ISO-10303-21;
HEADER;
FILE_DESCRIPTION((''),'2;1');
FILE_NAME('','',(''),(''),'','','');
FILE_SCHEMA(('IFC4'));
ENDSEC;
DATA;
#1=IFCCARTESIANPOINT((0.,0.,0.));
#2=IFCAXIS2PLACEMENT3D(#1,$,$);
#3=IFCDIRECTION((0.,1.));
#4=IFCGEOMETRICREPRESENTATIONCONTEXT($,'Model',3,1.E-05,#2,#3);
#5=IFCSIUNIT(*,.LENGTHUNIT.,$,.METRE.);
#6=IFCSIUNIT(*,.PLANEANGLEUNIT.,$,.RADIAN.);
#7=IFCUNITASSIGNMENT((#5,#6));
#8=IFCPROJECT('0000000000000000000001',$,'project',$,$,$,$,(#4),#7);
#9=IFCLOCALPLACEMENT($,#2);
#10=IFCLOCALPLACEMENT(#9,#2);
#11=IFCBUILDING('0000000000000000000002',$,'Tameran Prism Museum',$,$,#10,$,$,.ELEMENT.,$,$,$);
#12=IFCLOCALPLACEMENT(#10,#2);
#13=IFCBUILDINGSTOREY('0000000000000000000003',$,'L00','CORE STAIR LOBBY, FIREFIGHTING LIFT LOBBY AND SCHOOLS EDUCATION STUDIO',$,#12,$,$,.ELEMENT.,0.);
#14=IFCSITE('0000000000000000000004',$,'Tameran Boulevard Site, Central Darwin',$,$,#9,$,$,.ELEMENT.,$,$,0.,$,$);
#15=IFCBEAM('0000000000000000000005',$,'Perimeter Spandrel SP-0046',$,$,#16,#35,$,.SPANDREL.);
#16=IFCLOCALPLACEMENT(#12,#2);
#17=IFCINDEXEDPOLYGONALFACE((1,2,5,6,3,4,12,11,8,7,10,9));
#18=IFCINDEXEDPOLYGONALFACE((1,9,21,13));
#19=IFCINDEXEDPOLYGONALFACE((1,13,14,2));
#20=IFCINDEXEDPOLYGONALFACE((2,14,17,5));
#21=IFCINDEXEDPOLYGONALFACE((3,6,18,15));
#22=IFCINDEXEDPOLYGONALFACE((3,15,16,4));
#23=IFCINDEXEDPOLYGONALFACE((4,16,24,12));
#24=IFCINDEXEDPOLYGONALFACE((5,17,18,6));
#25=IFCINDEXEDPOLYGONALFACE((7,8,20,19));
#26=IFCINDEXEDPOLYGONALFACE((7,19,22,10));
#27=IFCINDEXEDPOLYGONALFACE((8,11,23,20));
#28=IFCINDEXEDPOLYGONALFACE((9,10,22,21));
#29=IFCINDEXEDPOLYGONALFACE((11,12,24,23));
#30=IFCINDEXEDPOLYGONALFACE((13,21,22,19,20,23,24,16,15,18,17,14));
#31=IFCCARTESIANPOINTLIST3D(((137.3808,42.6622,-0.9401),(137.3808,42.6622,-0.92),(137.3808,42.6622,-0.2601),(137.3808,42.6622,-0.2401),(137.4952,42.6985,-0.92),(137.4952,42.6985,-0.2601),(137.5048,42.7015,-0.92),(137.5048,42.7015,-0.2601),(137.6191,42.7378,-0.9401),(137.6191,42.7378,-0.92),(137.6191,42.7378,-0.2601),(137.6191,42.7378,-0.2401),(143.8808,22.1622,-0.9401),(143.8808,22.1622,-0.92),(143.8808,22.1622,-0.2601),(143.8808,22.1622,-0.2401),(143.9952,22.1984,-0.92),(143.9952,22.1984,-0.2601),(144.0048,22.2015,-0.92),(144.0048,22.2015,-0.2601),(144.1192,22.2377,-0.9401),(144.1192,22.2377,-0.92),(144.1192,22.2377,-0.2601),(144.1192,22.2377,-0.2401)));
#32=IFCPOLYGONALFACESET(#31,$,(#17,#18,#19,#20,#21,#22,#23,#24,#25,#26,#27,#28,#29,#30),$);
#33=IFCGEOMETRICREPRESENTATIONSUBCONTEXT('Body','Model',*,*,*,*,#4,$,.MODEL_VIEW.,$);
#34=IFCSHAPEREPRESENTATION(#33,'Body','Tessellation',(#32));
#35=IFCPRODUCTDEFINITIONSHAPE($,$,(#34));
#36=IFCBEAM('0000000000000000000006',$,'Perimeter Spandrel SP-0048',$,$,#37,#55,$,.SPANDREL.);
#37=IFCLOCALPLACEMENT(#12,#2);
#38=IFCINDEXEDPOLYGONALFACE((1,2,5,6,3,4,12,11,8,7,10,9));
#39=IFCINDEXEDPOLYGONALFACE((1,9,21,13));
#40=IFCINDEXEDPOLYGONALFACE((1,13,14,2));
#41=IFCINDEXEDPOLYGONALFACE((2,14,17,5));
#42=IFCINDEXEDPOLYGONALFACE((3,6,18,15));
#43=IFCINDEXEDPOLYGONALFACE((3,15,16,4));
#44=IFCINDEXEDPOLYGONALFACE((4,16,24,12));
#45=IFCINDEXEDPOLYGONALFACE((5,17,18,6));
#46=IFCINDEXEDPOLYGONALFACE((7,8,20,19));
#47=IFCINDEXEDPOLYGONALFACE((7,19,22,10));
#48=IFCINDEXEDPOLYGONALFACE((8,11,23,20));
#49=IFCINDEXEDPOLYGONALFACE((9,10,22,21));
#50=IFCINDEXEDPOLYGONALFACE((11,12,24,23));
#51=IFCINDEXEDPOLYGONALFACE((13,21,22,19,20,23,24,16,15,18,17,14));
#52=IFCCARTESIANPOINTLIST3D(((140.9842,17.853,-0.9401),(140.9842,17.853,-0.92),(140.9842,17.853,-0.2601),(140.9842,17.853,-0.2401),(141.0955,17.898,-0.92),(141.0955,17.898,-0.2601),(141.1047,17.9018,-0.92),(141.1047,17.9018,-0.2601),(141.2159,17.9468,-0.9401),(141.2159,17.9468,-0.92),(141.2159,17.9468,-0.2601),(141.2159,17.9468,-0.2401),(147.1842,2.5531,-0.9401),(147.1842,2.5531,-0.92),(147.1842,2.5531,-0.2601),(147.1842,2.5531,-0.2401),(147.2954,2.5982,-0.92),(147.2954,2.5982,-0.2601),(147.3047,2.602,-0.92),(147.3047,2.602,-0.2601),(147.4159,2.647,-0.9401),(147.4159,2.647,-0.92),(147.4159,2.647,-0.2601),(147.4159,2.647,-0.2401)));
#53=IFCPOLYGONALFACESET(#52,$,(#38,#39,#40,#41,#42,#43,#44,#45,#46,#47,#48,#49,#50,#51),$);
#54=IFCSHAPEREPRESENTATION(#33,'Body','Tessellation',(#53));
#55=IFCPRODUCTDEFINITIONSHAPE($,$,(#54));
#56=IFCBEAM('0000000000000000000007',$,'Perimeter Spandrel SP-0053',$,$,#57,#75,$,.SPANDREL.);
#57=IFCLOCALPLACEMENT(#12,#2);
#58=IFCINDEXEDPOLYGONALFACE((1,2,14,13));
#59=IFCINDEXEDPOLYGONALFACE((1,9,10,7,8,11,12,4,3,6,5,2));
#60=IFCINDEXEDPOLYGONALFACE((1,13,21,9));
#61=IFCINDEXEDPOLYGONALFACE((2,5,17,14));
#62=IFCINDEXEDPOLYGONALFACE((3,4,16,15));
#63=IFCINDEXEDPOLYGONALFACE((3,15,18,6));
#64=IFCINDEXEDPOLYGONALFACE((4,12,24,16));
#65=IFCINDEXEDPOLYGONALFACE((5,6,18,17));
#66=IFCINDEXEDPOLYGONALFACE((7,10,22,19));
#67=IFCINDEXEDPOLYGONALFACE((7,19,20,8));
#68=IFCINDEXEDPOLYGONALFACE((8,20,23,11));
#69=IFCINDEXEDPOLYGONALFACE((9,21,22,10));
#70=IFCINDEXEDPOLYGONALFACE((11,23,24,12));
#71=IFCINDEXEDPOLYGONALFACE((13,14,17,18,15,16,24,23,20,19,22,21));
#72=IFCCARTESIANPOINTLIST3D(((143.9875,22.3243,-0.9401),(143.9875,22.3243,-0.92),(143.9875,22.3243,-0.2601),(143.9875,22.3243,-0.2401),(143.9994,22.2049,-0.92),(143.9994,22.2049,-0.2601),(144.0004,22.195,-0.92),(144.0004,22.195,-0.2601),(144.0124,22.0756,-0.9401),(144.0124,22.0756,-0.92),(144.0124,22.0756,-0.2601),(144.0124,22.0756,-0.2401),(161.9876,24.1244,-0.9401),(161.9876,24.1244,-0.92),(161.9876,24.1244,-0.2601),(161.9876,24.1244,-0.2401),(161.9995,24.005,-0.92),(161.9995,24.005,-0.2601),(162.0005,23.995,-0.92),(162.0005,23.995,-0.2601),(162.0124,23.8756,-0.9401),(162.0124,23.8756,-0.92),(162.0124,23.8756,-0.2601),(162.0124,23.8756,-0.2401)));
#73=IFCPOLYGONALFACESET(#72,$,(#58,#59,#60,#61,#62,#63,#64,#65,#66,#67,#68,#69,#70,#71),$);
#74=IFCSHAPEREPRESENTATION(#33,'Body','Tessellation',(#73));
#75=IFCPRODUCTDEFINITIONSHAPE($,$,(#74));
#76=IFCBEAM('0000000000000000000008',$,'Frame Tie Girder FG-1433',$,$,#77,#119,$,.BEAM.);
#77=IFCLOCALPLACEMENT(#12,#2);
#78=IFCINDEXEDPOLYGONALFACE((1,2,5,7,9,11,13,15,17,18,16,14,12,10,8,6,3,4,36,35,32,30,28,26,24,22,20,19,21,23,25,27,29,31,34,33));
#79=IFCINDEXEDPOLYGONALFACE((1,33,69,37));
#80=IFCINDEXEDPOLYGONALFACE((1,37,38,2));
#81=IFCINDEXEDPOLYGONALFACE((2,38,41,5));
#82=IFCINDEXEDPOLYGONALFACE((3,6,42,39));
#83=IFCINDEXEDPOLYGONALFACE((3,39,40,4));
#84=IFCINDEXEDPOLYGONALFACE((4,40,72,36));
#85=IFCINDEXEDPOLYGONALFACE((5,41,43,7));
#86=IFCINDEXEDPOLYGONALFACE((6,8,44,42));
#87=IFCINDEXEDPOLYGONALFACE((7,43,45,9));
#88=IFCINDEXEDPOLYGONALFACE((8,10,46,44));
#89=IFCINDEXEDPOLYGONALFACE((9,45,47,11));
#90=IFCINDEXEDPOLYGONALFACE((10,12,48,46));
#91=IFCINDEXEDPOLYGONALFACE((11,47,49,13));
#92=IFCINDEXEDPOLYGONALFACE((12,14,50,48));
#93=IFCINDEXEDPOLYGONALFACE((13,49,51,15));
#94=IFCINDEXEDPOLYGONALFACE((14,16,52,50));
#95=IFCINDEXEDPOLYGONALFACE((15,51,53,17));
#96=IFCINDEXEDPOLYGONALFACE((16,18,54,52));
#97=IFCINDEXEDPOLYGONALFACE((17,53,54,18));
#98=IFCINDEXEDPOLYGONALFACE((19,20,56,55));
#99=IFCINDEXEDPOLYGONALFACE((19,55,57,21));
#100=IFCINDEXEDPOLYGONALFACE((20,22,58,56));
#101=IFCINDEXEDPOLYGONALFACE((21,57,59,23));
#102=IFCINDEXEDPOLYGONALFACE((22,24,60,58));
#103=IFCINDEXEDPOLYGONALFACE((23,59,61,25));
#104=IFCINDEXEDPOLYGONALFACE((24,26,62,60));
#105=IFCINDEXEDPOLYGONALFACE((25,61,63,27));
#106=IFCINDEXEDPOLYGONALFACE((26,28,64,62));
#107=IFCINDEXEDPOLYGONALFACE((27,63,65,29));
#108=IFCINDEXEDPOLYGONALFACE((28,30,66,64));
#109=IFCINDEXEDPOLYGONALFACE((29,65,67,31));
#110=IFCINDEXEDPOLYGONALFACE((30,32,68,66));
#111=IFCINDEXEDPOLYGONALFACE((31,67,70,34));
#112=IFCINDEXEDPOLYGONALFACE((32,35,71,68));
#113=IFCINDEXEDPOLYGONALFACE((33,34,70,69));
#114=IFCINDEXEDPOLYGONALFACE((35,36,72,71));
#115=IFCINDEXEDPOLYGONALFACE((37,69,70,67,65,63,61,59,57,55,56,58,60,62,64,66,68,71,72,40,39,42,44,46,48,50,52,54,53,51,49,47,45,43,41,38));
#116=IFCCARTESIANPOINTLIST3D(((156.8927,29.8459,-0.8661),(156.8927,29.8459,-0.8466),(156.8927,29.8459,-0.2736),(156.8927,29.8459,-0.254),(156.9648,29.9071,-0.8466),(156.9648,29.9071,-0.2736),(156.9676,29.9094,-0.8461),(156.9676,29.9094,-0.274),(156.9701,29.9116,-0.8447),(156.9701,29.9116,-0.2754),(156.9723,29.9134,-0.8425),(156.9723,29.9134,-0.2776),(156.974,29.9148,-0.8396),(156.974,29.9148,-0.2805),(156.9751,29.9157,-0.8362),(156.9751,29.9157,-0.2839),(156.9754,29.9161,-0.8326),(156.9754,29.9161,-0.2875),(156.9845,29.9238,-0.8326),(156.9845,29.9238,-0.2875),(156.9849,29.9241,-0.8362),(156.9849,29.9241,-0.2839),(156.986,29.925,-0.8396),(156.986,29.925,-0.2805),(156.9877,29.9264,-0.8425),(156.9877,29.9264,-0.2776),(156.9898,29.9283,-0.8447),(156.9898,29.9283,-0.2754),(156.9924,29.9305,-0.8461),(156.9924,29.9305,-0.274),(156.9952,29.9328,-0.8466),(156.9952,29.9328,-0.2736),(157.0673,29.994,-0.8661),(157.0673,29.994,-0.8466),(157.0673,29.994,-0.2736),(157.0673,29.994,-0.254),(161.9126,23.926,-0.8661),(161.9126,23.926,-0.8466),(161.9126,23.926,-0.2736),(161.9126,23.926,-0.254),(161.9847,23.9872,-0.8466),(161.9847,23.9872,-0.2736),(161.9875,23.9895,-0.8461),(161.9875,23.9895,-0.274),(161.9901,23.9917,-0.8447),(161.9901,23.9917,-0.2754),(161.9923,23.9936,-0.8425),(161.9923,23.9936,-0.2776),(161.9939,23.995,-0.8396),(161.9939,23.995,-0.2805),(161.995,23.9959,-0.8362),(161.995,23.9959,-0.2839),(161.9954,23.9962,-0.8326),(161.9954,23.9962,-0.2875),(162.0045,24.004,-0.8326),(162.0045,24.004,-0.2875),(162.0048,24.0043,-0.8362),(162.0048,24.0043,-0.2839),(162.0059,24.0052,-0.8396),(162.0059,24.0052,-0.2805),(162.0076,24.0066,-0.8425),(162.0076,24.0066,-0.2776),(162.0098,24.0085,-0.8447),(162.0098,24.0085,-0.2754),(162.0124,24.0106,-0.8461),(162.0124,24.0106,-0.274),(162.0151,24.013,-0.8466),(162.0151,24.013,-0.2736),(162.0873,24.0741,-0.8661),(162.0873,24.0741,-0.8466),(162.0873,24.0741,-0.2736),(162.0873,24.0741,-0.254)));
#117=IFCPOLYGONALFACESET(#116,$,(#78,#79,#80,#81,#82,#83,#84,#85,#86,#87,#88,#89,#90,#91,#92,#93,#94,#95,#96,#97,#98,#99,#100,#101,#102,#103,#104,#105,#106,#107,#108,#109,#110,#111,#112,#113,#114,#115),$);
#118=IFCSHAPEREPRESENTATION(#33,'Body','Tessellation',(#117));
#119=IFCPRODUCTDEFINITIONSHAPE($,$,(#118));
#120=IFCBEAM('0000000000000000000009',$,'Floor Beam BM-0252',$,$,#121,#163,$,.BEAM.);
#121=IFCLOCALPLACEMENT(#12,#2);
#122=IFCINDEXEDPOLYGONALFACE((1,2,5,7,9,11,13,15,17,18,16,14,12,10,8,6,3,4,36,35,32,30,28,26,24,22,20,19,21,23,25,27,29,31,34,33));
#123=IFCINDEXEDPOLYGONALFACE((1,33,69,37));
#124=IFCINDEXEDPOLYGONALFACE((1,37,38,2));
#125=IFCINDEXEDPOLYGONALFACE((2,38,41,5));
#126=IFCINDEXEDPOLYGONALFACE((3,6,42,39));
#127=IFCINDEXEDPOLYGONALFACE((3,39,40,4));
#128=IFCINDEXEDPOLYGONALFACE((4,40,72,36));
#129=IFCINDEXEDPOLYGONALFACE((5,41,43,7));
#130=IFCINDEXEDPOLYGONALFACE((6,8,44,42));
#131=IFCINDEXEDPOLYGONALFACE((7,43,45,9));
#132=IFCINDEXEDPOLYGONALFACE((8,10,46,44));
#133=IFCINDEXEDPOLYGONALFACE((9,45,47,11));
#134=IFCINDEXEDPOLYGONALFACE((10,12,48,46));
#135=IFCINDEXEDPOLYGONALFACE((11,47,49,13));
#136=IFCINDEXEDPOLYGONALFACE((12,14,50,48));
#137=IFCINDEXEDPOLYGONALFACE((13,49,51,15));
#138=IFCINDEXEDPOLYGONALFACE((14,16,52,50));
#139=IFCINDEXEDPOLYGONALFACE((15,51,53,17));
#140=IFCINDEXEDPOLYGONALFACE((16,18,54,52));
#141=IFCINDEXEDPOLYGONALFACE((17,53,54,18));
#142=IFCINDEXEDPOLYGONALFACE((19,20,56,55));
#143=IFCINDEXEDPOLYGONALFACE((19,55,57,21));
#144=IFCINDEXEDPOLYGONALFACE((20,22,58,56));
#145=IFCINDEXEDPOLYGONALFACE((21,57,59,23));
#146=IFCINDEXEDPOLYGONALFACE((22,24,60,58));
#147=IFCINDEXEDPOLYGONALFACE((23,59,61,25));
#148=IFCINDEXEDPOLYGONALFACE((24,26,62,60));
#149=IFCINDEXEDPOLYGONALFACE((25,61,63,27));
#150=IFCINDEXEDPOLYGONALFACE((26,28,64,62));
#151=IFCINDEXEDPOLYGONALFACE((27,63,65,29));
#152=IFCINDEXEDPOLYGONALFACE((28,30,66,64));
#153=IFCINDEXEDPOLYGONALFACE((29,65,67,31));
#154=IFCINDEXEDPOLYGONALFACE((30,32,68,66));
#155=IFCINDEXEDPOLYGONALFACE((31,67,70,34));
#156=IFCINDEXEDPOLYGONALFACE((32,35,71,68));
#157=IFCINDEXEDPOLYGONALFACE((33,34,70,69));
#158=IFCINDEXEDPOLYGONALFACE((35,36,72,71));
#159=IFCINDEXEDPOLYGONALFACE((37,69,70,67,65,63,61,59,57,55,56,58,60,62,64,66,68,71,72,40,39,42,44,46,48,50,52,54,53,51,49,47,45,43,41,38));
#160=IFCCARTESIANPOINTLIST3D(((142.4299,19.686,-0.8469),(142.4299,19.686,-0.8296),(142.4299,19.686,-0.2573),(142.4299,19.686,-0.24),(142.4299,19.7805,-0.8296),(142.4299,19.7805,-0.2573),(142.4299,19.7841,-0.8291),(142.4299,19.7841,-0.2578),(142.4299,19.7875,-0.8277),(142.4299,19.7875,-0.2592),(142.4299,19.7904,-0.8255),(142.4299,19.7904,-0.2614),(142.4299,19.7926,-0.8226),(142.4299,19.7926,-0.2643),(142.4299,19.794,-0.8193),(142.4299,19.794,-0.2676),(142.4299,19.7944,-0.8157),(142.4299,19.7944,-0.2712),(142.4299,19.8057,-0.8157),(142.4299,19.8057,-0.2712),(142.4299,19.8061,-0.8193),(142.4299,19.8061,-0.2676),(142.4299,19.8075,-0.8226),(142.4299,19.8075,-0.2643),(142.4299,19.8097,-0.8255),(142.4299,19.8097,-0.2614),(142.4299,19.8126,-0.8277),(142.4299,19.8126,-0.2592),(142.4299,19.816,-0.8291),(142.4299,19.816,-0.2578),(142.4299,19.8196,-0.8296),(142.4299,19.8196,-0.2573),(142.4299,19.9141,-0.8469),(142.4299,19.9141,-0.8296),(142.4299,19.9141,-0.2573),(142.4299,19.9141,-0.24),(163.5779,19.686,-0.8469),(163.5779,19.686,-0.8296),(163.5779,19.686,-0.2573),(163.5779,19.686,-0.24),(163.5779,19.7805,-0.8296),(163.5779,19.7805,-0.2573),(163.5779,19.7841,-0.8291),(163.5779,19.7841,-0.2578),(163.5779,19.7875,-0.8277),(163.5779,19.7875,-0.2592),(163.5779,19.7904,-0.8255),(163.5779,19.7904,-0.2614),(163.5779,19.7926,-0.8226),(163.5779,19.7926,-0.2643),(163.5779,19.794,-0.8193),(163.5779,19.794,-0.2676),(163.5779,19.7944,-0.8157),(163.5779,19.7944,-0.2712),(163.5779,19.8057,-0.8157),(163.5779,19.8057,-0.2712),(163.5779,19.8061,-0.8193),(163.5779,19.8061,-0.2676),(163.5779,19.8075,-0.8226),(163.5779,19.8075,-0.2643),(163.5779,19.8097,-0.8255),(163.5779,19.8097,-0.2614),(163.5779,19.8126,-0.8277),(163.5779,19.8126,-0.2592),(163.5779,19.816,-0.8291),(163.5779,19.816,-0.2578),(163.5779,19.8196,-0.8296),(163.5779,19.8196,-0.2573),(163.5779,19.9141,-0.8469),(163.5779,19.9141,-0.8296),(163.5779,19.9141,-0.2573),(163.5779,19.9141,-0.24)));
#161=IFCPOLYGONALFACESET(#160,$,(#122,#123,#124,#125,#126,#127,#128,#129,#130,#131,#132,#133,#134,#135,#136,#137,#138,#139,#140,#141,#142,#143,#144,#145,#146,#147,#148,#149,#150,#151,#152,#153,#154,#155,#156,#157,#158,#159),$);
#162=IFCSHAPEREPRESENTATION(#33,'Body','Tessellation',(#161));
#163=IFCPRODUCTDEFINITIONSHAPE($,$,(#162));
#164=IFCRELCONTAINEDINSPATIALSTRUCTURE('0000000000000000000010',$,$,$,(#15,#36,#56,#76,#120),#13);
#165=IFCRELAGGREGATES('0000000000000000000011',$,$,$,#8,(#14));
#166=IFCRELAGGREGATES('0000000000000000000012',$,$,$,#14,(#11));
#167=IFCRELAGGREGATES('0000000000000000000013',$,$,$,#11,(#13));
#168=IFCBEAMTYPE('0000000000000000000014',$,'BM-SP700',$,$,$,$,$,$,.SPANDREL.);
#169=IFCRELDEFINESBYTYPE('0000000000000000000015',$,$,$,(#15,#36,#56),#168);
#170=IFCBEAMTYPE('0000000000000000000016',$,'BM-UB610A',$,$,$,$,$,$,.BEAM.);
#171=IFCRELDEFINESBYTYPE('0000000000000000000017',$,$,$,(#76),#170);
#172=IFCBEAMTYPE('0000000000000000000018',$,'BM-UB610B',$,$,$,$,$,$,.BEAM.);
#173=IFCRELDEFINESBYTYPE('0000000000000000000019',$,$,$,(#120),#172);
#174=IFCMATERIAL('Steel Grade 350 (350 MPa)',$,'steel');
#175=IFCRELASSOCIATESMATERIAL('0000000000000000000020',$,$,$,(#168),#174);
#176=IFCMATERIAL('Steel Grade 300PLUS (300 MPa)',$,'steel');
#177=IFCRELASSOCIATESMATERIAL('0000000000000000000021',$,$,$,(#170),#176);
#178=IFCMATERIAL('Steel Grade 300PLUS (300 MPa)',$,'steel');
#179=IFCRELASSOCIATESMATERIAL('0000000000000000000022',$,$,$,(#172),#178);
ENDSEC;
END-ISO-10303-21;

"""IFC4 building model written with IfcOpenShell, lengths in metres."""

from ifc_helpers import new_model, si_unit, direction, frame, origin, origin_2d, place, context, subcontext, project, spatial, i_section, extrude, material, material_profile, profile_set, type_object, element, save


model = new_model("IFC4")

# Units and contexts
model_context = context("Model", 3, precision=1e-05, world=origin(), true_north=direction((0.0, 1.0)))
body_context = subcontext(model_context, "Body", "Model", "MODEL_VIEW")
ifc_project = project(units=[si_unit("LENGTHUNIT", "METRE"), si_unit("PLANEANGLEUNIT", "RADIAN")], contexts=[model_context])

# Site, building, storey
site_placement = place(None, origin())
site = spatial("IfcSite", under=ifc_project, at=site_placement, Name="Tameran Boulevard Site, Central Darwin", CompositionType="ELEMENT", RefElevation=0.0)
building_placement = place(site_placement, origin())
building = spatial("IfcBuilding", under=site, at=building_placement, Name="Tameran Prism Museum", CompositionType="ELEMENT")
storey_placement = place(building_placement, origin())
storey = spatial("IfcBuildingStorey", under=building, at=storey_placement, Name="L00", Description="CORE STAIR LOBBY, FIREFIGHTING LIFT LOBBY AND SCHOOLS EDUCATION STUDIO", CompositionType="ELEMENT", Elevation=0.0)

# Beams
ifc_material_1 = material(Name="Steel Grade 350 (350 MPa)", Category="steel")
ifc_material_profile_1 = material_profile(ifc_material_1, i_section(OverallWidth=0.25, OverallDepth=0.7, WebThickness=0.01, FlangeThickness=0.02, at=origin_2d()))
ifc_profile_set_1 = profile_set([ifc_material_profile_1])
beam_type_1 = type_object("IfcBeamType", Name="BM-SP700", PredefinedType="SPANDREL", material=ifc_profile_set_1)
beam_1_placement = place(storey_placement, frame((144.0, 22.2, -0.5901), z_axis=(-0.302244, 0.953231, 0.0), x_axis=(-0.953231, -0.302244, 0.0)))
element("IfcBeam", 1, at=beam_1_placement, inside=storey, type_object=beam_type_1, Name="Perimeter Spandrel SP-0046", PredefinedType="SPANDREL", context=body_context, shape_type="SweptSolid", body=[
    extrude(i_section(OverallWidth=0.25, OverallDepth=0.7, WebThickness=0.01, FlangeThickness=0.02, at=origin_2d()), origin(), (0.0, 0.0, 1.0), 21.5059),
])
beam_2_placement = place(storey_placement, frame((141.1001, 17.8999, -0.5901), z_axis=(0.375566, -0.926796, 0.0), x_axis=(0.926796, 0.375566, 0.0)))
element("IfcBeam", 2, at=beam_2_placement, inside=storey, type_object=beam_type_1, Name="Perimeter Spandrel SP-0048", PredefinedType="SPANDREL", context=body_context, shape_type="SweptSolid", body=[
    extrude(i_section(OverallWidth=0.25, OverallDepth=0.7, WebThickness=0.01, FlangeThickness=0.02, at=origin_2d()), origin(), (0.0, 0.0, 1.0), 16.5083),
])
beam_3_placement = place(storey_placement, frame((162.0, 24.0, -0.5901), z_axis=(-0.995037, -0.099506, 0.0), x_axis=(0.099506, -0.995037, 0.0)))
element("IfcBeam", 3, at=beam_3_placement, inside=storey, type_object=beam_type_1, Name="Perimeter Spandrel SP-0053", PredefinedType="SPANDREL", context=body_context, shape_type="SweptSolid", body=[
    extrude(i_section(OverallWidth=0.25, OverallDepth=0.7, WebThickness=0.01, FlangeThickness=0.02, at=origin_2d()), origin(), (0.0, 0.0, 1.0), 18.0898),
])
ifc_material_2 = material(Name="Steel Grade 300PLUS (300 MPa)", Category="steel")
ifc_material_profile_2 = material_profile(ifc_material_2, i_section(OverallWidth=0.229, OverallDepth=0.6121, WebThickness=0.012, FlangeThickness=0.0195, FilletRadius=0.0139, at=origin_2d()))
ifc_profile_set_2 = profile_set([ifc_material_profile_2])
beam_type_2 = type_object("IfcBeamType", Name="BM-UB610A", PredefinedType="BEAM", material=ifc_profile_set_2)
beam_4_placement = place(storey_placement, frame((156.98, 29.9199, -0.5601), z_axis=(0.646757, -0.762696, 0.0), x_axis=(0.762696, 0.646757, 0.0)))
element("IfcBeam", 4, at=beam_4_placement, inside=storey, type_object=beam_type_2, Name="Frame Tie Girder FG-1433", PredefinedType="BEAM", context=body_context, shape_type="SweptSolid", body=[
    extrude(i_section(OverallWidth=0.229, OverallDepth=0.6121, WebThickness=0.012, FlangeThickness=0.0195, FilletRadius=0.0139, at=origin_2d()), origin(), (0.0, 0.0, 1.0), 7.7617),
])
ifc_material_3 = material(Name="Steel Grade 300PLUS (300 MPa)", Category="steel")
ifc_material_profile_3 = material_profile(ifc_material_3, i_section(OverallWidth=0.228, OverallDepth=0.6069, WebThickness=0.0112, FlangeThickness=0.0173, FilletRadius=0.0139, at=origin_2d()))
ifc_profile_set_3 = profile_set([ifc_material_profile_3])
beam_type_3 = type_object("IfcBeamType", Name="BM-UB610B", PredefinedType="BEAM", material=ifc_profile_set_3)
beam_5_placement = place(storey_placement, frame((142.4299, 19.8, -0.5435), z_axis=(1.0, 0.0, 0.0), x_axis=(0.0, 1.0, 0.0)))
element("IfcBeam", 5, at=beam_5_placement, inside=storey, type_object=beam_type_3, Name="Floor Beam BM-0252", PredefinedType="BEAM", context=body_context, shape_type="SweptSolid", body=[
    extrude(i_section(OverallWidth=0.228, OverallDepth=0.6069, WebThickness=0.0112, FlangeThickness=0.0173, FilletRadius=0.0139, at=origin_2d()), origin(), (0.0, 0.0, 1.0), 21.1479),
])

save(model, "model.ifc")
